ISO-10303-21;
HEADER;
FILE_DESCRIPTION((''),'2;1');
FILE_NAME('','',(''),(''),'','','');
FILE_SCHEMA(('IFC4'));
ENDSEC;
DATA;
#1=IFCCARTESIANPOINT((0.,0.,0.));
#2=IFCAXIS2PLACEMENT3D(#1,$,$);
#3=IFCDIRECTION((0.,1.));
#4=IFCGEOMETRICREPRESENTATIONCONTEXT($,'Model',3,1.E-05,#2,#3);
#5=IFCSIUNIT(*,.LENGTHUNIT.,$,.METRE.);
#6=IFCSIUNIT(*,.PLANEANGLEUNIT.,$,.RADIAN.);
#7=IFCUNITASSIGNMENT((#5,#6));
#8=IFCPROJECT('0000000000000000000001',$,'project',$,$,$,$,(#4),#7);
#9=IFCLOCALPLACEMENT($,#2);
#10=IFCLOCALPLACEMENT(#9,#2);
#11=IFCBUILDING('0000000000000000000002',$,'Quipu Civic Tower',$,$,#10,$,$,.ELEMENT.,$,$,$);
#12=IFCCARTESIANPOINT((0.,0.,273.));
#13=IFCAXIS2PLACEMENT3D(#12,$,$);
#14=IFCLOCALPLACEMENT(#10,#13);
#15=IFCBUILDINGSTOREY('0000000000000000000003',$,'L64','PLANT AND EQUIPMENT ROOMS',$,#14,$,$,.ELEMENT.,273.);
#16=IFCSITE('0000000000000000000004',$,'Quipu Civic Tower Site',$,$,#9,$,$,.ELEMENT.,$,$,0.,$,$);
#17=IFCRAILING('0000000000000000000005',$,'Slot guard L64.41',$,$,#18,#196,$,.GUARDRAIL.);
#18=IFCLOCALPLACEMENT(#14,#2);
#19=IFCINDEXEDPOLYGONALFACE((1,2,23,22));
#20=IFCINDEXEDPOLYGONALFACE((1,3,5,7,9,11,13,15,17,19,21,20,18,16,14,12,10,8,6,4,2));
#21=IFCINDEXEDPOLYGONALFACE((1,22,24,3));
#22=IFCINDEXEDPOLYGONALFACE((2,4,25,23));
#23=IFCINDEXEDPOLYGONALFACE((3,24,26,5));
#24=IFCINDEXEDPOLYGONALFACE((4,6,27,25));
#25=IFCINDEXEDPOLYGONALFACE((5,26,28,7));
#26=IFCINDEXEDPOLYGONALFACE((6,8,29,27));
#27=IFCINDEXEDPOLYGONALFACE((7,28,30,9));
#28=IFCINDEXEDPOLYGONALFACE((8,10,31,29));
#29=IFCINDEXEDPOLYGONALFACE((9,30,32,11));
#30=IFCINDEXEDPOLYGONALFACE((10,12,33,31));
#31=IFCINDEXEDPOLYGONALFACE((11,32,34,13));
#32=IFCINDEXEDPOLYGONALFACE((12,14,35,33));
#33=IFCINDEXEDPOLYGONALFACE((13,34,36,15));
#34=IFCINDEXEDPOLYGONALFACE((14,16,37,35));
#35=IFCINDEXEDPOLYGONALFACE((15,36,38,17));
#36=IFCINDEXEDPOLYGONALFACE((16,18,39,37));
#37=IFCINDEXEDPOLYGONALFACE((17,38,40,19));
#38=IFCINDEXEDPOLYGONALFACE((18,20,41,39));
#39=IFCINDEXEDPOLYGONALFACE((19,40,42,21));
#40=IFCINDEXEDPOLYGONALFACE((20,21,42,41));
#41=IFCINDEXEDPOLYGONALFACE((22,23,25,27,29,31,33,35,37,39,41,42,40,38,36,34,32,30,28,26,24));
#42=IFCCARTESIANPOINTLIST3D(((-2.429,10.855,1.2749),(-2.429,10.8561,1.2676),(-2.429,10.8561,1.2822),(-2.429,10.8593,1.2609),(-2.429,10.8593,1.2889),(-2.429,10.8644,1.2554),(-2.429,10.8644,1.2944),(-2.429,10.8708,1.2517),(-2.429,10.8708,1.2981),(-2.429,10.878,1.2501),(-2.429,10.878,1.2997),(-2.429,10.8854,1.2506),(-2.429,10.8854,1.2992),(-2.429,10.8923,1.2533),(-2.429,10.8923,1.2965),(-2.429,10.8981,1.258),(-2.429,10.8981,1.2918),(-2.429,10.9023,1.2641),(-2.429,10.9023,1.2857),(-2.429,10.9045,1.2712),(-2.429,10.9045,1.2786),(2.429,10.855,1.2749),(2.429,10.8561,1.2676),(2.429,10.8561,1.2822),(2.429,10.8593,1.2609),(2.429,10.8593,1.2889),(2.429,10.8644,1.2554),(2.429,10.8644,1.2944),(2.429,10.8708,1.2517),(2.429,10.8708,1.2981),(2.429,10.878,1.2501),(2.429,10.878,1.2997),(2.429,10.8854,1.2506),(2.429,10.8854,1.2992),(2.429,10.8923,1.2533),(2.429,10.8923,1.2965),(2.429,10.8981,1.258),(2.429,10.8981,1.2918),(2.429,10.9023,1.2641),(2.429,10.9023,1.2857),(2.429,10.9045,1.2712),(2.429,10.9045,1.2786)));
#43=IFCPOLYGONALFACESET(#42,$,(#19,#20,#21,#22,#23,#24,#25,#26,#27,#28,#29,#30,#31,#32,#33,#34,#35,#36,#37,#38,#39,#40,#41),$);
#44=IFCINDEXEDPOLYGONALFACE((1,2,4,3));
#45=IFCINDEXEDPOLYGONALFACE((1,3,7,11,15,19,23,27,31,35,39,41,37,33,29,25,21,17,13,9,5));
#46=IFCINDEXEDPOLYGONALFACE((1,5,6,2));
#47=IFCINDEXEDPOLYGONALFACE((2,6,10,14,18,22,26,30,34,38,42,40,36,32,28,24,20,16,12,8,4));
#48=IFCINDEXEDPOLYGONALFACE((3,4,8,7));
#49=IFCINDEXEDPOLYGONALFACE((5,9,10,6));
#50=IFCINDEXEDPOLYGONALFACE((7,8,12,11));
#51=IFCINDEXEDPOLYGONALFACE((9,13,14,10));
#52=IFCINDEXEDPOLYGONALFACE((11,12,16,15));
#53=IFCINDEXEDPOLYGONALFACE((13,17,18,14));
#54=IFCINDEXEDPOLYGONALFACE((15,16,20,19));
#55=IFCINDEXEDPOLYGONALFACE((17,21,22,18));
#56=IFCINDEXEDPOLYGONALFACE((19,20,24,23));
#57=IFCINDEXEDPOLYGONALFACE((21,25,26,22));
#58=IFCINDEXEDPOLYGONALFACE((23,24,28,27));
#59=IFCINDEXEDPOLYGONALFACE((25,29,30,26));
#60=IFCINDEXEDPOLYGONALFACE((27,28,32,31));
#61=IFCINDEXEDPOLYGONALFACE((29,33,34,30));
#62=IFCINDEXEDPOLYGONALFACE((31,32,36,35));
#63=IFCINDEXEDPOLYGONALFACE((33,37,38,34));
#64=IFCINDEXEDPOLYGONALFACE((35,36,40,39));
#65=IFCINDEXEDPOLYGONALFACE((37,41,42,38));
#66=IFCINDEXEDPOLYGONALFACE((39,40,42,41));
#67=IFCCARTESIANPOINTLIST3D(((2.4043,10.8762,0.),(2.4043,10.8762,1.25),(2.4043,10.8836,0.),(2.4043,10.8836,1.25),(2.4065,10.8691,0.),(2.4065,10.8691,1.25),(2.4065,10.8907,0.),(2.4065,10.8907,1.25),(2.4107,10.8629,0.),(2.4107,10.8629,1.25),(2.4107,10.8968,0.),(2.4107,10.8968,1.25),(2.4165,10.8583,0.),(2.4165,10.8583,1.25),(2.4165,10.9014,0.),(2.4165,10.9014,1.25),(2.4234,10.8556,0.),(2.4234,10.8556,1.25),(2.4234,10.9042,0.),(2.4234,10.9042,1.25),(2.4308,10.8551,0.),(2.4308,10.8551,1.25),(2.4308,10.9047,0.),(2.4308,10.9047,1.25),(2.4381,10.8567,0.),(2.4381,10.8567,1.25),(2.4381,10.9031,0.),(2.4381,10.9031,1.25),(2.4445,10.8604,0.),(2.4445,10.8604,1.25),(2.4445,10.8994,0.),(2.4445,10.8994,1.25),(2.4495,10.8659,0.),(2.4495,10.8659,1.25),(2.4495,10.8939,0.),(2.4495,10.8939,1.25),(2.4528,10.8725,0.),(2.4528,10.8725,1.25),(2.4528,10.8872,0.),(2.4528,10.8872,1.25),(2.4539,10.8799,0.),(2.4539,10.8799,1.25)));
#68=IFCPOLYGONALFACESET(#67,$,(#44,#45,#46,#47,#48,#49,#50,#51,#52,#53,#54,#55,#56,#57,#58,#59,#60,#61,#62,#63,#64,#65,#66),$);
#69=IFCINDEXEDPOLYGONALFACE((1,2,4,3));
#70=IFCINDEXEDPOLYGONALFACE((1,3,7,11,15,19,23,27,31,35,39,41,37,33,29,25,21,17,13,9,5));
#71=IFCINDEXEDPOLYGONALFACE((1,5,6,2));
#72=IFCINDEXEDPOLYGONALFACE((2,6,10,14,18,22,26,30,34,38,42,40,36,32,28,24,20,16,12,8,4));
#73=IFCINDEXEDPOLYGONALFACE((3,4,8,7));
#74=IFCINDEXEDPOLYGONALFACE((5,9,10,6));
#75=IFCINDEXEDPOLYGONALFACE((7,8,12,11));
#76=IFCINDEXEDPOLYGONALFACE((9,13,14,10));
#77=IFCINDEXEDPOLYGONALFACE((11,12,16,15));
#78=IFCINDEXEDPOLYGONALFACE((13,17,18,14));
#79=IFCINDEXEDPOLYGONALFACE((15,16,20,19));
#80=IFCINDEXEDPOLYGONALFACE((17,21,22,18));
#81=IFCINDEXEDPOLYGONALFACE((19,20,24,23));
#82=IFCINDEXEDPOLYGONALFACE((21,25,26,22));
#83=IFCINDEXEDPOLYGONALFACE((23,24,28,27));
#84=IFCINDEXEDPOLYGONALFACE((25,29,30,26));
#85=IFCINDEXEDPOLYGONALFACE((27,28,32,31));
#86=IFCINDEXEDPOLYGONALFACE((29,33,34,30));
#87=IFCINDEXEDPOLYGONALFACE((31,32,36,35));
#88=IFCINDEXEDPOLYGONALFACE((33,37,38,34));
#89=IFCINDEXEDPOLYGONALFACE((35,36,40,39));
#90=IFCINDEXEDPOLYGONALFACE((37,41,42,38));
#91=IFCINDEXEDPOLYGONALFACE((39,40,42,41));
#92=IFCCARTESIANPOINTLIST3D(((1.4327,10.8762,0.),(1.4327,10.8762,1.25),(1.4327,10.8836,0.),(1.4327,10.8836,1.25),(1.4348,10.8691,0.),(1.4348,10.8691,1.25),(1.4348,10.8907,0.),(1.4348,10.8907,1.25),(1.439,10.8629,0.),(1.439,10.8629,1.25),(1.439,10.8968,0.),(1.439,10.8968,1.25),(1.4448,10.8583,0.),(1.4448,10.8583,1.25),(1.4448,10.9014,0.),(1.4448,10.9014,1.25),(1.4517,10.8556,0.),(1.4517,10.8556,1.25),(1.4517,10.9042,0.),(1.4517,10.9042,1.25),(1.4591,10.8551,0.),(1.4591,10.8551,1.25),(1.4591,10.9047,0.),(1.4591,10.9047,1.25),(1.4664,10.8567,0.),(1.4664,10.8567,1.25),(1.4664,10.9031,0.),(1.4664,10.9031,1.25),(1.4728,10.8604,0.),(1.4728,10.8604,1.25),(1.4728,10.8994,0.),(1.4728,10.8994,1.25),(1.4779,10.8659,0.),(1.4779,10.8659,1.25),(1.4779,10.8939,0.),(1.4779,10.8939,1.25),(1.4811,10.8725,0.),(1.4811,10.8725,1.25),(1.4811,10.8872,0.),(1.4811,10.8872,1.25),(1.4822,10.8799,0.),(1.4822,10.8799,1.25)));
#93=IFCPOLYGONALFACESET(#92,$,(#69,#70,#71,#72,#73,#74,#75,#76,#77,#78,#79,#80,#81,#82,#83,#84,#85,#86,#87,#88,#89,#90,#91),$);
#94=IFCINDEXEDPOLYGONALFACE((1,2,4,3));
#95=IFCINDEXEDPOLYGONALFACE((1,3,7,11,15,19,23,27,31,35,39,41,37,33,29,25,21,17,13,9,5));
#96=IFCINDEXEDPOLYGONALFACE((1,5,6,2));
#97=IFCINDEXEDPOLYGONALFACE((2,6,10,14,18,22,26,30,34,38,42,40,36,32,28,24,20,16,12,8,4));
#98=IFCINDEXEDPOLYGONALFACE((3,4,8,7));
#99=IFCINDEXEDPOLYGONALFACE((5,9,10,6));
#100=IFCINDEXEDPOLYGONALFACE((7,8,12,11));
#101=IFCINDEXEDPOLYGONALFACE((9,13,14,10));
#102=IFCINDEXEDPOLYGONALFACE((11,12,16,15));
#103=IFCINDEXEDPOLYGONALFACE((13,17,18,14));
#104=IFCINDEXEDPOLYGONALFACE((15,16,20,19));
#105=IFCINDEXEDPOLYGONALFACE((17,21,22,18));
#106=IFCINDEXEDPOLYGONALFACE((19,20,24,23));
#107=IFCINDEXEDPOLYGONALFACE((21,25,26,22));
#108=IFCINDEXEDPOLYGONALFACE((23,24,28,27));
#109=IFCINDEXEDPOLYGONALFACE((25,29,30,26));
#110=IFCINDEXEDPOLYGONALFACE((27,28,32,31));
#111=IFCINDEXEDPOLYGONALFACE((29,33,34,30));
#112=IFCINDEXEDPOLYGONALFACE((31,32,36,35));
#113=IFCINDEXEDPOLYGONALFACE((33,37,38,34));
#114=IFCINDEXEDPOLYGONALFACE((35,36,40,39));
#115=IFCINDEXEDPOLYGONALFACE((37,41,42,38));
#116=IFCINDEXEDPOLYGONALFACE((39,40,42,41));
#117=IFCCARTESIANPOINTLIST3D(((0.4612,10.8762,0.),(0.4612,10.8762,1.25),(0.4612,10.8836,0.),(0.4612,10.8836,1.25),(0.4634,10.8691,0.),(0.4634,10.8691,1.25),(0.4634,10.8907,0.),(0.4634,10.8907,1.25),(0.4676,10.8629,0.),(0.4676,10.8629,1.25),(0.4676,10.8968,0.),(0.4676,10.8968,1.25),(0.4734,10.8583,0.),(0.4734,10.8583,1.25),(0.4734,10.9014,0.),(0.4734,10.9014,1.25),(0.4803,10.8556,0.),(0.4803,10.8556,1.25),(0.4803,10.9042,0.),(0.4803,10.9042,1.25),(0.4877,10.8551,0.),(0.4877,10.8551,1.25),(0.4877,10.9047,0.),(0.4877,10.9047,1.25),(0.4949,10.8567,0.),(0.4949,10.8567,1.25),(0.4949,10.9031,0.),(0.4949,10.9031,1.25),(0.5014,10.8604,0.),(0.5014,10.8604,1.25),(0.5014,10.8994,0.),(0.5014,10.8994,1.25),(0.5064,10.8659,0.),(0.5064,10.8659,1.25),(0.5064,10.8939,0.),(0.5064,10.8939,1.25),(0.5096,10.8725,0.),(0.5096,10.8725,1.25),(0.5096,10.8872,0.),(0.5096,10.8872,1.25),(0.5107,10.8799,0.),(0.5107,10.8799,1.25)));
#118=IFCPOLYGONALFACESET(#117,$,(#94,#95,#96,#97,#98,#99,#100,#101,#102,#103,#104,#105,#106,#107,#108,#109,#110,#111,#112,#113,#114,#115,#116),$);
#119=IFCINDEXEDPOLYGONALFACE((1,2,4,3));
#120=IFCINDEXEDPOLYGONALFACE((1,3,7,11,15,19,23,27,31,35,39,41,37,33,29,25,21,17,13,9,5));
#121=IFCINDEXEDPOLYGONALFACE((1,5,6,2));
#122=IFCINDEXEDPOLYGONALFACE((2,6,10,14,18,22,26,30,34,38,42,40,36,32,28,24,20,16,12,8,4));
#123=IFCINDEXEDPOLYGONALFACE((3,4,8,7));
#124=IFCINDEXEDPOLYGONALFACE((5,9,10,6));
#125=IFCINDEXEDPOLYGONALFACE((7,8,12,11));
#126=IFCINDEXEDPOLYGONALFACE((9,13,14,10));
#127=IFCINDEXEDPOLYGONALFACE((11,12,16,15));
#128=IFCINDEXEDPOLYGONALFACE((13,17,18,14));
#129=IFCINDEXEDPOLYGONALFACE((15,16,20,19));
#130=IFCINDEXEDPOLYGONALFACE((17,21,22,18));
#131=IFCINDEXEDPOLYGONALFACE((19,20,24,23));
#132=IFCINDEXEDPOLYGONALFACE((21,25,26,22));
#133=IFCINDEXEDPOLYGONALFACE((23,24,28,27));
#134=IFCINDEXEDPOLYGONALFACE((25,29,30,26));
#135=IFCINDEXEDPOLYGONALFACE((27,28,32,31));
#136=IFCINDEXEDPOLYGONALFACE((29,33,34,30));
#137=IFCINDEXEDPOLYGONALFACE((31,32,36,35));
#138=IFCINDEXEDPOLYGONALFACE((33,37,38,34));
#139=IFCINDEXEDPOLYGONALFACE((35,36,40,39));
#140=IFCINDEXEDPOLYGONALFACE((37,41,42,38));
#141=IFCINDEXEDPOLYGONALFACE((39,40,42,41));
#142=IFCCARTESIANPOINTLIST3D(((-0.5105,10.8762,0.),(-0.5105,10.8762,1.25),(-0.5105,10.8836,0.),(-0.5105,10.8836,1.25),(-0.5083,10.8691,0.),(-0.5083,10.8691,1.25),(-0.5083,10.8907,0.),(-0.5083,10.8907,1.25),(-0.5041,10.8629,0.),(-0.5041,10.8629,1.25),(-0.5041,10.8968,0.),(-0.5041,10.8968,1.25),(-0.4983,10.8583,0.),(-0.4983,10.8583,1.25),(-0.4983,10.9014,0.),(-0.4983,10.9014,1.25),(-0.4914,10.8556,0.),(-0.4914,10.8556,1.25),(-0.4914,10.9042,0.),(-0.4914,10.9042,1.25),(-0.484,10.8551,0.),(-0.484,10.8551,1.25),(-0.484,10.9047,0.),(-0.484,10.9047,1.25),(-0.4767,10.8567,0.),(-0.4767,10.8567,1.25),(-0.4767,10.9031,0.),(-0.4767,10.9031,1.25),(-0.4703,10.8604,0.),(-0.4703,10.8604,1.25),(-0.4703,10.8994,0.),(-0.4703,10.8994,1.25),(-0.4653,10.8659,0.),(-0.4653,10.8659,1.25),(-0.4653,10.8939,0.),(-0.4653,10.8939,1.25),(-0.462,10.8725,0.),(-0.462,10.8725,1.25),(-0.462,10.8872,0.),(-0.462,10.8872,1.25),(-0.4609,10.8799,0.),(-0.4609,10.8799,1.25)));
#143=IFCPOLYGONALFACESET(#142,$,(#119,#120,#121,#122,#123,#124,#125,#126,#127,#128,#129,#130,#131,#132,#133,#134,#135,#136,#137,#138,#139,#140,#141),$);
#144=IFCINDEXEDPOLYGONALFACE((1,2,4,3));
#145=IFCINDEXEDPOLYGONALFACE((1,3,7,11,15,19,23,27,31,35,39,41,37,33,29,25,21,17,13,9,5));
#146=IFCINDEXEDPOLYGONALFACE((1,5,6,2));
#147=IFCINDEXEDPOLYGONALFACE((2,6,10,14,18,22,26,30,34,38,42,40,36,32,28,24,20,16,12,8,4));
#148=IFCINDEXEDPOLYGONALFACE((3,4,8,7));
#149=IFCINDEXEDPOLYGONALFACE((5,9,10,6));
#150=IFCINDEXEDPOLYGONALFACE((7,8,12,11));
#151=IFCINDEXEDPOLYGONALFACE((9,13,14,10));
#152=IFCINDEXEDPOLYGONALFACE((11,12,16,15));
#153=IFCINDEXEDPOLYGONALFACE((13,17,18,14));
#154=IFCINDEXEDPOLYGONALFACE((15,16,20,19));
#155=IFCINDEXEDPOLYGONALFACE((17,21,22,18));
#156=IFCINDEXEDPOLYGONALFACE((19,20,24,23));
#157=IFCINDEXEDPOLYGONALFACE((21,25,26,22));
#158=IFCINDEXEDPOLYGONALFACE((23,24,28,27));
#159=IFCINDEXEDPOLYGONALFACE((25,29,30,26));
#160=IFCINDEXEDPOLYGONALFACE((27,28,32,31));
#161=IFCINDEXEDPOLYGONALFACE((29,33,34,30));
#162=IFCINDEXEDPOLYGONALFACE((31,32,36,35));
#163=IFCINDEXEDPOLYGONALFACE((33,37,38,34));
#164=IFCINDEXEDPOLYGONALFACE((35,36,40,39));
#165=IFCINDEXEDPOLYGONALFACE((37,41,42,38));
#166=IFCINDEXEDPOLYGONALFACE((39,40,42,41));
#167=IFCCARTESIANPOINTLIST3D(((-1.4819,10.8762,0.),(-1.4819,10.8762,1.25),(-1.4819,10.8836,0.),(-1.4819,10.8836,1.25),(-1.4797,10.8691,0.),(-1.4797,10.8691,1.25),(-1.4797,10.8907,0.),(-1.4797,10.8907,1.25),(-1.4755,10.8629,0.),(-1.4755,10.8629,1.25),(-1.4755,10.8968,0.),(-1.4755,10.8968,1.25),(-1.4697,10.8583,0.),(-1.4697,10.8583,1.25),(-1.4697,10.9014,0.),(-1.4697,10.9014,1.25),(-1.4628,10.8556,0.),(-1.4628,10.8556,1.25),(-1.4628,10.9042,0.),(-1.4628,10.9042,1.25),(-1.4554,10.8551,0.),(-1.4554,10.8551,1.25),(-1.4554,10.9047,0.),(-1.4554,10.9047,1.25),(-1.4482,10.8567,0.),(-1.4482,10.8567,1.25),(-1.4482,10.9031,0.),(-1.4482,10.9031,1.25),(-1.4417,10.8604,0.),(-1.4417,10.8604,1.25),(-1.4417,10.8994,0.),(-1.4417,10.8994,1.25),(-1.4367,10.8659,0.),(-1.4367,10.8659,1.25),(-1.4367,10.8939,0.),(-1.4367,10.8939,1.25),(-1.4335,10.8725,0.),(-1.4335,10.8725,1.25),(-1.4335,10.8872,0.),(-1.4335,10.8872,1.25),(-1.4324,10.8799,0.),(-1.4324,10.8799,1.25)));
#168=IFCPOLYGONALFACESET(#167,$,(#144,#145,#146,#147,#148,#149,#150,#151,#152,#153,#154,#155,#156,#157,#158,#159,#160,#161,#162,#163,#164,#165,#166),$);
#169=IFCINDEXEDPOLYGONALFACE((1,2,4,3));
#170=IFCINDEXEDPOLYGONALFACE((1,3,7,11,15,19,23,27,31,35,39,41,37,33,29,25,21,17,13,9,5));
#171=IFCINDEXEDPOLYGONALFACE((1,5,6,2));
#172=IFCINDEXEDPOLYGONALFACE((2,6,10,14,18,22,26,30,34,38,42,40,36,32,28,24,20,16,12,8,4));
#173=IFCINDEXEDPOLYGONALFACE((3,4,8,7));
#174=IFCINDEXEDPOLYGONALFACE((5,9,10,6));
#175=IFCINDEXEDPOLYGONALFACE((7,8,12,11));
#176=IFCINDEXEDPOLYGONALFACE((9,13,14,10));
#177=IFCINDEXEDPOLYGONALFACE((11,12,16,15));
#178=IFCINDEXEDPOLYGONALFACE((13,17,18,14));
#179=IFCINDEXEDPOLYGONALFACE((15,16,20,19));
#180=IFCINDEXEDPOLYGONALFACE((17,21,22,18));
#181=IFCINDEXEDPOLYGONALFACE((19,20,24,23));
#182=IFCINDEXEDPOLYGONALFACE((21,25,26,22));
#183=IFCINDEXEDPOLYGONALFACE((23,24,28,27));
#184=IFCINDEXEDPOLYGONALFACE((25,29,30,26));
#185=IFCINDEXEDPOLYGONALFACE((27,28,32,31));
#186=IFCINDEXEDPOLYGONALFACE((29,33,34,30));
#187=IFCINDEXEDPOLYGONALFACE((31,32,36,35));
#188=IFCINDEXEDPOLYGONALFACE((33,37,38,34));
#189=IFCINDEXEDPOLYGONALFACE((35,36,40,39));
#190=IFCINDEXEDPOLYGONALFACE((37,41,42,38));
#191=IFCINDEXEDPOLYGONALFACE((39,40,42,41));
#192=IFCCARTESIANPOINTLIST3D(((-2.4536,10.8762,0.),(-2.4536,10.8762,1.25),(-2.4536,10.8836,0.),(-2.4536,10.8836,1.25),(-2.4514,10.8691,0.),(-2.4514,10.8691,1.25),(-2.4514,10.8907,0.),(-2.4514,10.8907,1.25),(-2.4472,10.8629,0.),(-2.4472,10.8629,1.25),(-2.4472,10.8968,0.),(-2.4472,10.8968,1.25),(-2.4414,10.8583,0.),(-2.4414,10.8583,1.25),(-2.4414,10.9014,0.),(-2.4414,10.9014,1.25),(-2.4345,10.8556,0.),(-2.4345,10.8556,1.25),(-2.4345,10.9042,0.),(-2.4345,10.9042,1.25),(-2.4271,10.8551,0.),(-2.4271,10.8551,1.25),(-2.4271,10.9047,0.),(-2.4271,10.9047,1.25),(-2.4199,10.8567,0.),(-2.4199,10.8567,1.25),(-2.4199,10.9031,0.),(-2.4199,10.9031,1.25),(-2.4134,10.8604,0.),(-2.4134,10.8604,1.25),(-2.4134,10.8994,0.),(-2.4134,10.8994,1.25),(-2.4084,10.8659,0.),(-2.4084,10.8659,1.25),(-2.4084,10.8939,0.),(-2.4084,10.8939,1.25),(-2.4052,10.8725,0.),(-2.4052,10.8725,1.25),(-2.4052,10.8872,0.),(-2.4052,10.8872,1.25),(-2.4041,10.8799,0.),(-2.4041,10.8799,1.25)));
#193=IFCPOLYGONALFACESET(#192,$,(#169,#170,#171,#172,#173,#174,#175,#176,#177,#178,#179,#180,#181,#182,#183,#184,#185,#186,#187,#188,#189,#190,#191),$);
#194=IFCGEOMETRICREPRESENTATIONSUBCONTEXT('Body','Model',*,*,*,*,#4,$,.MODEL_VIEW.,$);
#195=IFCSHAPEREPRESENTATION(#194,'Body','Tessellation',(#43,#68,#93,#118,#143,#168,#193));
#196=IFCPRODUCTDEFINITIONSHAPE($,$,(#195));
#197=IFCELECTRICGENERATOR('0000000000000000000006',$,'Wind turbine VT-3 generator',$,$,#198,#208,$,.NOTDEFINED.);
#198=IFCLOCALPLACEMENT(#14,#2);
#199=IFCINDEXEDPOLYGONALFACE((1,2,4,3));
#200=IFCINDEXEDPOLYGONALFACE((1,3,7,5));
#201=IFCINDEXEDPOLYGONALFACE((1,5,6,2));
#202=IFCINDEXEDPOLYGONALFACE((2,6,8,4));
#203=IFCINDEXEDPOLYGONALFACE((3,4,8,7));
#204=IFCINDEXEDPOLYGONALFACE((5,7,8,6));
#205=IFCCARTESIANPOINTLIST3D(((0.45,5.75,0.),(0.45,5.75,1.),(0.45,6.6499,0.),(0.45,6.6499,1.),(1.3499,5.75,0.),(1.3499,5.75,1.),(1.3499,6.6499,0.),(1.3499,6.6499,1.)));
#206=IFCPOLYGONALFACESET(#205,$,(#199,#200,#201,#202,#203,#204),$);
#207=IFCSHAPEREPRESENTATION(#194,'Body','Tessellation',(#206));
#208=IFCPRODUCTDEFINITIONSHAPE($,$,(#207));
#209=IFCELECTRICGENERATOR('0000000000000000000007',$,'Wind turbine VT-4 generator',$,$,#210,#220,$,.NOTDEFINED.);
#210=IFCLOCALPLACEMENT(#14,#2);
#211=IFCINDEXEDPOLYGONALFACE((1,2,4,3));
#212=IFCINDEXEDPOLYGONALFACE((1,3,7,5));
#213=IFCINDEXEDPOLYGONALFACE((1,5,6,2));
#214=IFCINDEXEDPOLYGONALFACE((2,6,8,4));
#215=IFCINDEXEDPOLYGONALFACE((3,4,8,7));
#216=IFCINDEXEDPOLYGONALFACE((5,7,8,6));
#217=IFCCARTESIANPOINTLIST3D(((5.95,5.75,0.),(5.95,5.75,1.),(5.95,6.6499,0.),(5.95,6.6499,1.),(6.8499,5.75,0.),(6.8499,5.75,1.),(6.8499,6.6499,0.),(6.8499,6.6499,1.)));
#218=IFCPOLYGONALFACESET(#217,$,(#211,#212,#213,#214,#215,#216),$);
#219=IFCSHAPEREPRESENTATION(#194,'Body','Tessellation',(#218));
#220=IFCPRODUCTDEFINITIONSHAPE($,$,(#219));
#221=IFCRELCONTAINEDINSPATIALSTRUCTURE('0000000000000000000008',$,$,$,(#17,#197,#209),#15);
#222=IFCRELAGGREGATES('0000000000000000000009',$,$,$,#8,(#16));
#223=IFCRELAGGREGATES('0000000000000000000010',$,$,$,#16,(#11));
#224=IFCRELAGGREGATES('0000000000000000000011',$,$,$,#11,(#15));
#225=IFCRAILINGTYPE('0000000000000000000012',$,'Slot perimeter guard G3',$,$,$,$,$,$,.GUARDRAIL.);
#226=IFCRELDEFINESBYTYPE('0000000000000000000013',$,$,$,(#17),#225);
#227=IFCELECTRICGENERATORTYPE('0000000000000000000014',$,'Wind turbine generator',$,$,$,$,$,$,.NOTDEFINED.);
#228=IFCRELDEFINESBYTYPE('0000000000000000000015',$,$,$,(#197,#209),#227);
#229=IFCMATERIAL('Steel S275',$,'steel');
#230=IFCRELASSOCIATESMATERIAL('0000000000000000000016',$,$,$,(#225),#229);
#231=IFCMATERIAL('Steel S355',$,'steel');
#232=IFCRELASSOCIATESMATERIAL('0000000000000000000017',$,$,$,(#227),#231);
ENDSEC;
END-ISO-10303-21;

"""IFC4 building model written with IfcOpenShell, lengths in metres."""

from ifc_helpers import new_model, si_unit, direction, frame, origin, origin_2d, place, context, subcontext, project, spatial, rectangle, circle, extrude, material, type_object, element, save


model = new_model("IFC4")

# Units and contexts
model_context = context("Model", 3, precision=1e-05, world=origin(), true_north=direction((0.0, 1.0)))
body_context = subcontext(model_context, "Body", "Model", "MODEL_VIEW")
ifc_project = project(units=[si_unit("LENGTHUNIT", "METRE"), si_unit("PLANEANGLEUNIT", "RADIAN")], contexts=[model_context])

# Site, building, storey
site_placement = place(None, origin())
site = spatial("IfcSite", under=ifc_project, at=site_placement, Name="Quipu Civic Tower Site", CompositionType="ELEMENT", RefElevation=0.0)
building_placement = place(site_placement, origin())
building = spatial("IfcBuilding", under=site, at=building_placement, Name="Quipu Civic Tower", CompositionType="ELEMENT")
storey_placement = place(building_placement, frame((0.0, 0.0, 273.0)))
storey = spatial("IfcBuildingStorey", under=building, at=storey_placement, Name="L64", Description="PLANT AND EQUIPMENT ROOMS", CompositionType="ELEMENT", Elevation=273.0)

# Railing
ifc_material_1 = material(Name="Steel S275", Category="steel")
railing_type = type_object("IfcRailingType", Name="Slot perimeter guard G3", PredefinedType="GUARDRAIL", material=ifc_material_1)
railing_placement = place(storey_placement, frame((2.429, 10.8799, 0.0)))
element("IfcRailing", 1, at=railing_placement, inside=storey, type_object=railing_type, Name="Slot guard L64.41", PredefinedType="GUARDRAIL", context=body_context, shape_type="SweptSolid", body=[
    extrude(circle(Radius=0.0249, at=origin_2d()), frame((0.0, 0.0, 1.2749), z_axis=(-1.0, 0.0, 0.0), x_axis=(0.0, -1.0, 0.0)), (0.0, 0.0, 1.0), 4.8579),
    extrude(circle(Radius=0.0249, at=origin_2d()), origin(), (0.0, 0.0, 1.0), 1.25),
    extrude(circle(Radius=0.0249, at=origin_2d()), frame((-0.9717, 0.0, 0.0)), (0.0, 0.0, 1.0), 1.25),
    extrude(circle(Radius=0.0249, at=origin_2d()), frame((-1.9431, 0.0, 0.0)), (0.0, 0.0, 1.0), 1.25),
    extrude(circle(Radius=0.0249, at=origin_2d()), frame((-2.9148, 0.0, 0.0)), (0.0, 0.0, 1.0), 1.25),
    extrude(circle(Radius=0.0249, at=origin_2d()), frame((-3.8862, 0.0, 0.0)), (0.0, 0.0, 1.0), 1.25),
    extrude(circle(Radius=0.0249, at=origin_2d()), frame((-4.8579, 0.0, 0.0)), (0.0, 0.0, 1.0), 1.25),
])

# Electric generators
ifc_material_2 = material(Name="Steel S355", Category="steel")
electric_generator_type = type_object("IfcElectricGeneratorType", Name="Wind turbine generator", PredefinedType="NOTDEFINED", material=ifc_material_2)
for number, where, z_axis, x_axis, name in (
    (2, (0.8999, 6.2, 0.0), (0.0, 0.0, 1.0), (1.0, 0.0, 0.0), "Wind turbine VT-3 generator"),
    (3, (6.3999, 6.2, 0.0), (0.0, 0.0, 1.0), (1.0, 0.0, 0.0), "Wind turbine VT-4 generator"),
):
    element("IfcElectricGenerator", number, at=place(storey_placement, frame(where, z_axis=z_axis, x_axis=x_axis)), inside=storey, type_object=electric_generator_type, Name=name, PredefinedType="NOTDEFINED", context=body_context, shape_type="SweptSolid", body=[
        extrude(rectangle(XDim=0.8999, YDim=0.8999, at=origin_2d()), origin(), (0.0, 0.0, 1.0), 1.0),
    ])

save(model, "model.ifc")
